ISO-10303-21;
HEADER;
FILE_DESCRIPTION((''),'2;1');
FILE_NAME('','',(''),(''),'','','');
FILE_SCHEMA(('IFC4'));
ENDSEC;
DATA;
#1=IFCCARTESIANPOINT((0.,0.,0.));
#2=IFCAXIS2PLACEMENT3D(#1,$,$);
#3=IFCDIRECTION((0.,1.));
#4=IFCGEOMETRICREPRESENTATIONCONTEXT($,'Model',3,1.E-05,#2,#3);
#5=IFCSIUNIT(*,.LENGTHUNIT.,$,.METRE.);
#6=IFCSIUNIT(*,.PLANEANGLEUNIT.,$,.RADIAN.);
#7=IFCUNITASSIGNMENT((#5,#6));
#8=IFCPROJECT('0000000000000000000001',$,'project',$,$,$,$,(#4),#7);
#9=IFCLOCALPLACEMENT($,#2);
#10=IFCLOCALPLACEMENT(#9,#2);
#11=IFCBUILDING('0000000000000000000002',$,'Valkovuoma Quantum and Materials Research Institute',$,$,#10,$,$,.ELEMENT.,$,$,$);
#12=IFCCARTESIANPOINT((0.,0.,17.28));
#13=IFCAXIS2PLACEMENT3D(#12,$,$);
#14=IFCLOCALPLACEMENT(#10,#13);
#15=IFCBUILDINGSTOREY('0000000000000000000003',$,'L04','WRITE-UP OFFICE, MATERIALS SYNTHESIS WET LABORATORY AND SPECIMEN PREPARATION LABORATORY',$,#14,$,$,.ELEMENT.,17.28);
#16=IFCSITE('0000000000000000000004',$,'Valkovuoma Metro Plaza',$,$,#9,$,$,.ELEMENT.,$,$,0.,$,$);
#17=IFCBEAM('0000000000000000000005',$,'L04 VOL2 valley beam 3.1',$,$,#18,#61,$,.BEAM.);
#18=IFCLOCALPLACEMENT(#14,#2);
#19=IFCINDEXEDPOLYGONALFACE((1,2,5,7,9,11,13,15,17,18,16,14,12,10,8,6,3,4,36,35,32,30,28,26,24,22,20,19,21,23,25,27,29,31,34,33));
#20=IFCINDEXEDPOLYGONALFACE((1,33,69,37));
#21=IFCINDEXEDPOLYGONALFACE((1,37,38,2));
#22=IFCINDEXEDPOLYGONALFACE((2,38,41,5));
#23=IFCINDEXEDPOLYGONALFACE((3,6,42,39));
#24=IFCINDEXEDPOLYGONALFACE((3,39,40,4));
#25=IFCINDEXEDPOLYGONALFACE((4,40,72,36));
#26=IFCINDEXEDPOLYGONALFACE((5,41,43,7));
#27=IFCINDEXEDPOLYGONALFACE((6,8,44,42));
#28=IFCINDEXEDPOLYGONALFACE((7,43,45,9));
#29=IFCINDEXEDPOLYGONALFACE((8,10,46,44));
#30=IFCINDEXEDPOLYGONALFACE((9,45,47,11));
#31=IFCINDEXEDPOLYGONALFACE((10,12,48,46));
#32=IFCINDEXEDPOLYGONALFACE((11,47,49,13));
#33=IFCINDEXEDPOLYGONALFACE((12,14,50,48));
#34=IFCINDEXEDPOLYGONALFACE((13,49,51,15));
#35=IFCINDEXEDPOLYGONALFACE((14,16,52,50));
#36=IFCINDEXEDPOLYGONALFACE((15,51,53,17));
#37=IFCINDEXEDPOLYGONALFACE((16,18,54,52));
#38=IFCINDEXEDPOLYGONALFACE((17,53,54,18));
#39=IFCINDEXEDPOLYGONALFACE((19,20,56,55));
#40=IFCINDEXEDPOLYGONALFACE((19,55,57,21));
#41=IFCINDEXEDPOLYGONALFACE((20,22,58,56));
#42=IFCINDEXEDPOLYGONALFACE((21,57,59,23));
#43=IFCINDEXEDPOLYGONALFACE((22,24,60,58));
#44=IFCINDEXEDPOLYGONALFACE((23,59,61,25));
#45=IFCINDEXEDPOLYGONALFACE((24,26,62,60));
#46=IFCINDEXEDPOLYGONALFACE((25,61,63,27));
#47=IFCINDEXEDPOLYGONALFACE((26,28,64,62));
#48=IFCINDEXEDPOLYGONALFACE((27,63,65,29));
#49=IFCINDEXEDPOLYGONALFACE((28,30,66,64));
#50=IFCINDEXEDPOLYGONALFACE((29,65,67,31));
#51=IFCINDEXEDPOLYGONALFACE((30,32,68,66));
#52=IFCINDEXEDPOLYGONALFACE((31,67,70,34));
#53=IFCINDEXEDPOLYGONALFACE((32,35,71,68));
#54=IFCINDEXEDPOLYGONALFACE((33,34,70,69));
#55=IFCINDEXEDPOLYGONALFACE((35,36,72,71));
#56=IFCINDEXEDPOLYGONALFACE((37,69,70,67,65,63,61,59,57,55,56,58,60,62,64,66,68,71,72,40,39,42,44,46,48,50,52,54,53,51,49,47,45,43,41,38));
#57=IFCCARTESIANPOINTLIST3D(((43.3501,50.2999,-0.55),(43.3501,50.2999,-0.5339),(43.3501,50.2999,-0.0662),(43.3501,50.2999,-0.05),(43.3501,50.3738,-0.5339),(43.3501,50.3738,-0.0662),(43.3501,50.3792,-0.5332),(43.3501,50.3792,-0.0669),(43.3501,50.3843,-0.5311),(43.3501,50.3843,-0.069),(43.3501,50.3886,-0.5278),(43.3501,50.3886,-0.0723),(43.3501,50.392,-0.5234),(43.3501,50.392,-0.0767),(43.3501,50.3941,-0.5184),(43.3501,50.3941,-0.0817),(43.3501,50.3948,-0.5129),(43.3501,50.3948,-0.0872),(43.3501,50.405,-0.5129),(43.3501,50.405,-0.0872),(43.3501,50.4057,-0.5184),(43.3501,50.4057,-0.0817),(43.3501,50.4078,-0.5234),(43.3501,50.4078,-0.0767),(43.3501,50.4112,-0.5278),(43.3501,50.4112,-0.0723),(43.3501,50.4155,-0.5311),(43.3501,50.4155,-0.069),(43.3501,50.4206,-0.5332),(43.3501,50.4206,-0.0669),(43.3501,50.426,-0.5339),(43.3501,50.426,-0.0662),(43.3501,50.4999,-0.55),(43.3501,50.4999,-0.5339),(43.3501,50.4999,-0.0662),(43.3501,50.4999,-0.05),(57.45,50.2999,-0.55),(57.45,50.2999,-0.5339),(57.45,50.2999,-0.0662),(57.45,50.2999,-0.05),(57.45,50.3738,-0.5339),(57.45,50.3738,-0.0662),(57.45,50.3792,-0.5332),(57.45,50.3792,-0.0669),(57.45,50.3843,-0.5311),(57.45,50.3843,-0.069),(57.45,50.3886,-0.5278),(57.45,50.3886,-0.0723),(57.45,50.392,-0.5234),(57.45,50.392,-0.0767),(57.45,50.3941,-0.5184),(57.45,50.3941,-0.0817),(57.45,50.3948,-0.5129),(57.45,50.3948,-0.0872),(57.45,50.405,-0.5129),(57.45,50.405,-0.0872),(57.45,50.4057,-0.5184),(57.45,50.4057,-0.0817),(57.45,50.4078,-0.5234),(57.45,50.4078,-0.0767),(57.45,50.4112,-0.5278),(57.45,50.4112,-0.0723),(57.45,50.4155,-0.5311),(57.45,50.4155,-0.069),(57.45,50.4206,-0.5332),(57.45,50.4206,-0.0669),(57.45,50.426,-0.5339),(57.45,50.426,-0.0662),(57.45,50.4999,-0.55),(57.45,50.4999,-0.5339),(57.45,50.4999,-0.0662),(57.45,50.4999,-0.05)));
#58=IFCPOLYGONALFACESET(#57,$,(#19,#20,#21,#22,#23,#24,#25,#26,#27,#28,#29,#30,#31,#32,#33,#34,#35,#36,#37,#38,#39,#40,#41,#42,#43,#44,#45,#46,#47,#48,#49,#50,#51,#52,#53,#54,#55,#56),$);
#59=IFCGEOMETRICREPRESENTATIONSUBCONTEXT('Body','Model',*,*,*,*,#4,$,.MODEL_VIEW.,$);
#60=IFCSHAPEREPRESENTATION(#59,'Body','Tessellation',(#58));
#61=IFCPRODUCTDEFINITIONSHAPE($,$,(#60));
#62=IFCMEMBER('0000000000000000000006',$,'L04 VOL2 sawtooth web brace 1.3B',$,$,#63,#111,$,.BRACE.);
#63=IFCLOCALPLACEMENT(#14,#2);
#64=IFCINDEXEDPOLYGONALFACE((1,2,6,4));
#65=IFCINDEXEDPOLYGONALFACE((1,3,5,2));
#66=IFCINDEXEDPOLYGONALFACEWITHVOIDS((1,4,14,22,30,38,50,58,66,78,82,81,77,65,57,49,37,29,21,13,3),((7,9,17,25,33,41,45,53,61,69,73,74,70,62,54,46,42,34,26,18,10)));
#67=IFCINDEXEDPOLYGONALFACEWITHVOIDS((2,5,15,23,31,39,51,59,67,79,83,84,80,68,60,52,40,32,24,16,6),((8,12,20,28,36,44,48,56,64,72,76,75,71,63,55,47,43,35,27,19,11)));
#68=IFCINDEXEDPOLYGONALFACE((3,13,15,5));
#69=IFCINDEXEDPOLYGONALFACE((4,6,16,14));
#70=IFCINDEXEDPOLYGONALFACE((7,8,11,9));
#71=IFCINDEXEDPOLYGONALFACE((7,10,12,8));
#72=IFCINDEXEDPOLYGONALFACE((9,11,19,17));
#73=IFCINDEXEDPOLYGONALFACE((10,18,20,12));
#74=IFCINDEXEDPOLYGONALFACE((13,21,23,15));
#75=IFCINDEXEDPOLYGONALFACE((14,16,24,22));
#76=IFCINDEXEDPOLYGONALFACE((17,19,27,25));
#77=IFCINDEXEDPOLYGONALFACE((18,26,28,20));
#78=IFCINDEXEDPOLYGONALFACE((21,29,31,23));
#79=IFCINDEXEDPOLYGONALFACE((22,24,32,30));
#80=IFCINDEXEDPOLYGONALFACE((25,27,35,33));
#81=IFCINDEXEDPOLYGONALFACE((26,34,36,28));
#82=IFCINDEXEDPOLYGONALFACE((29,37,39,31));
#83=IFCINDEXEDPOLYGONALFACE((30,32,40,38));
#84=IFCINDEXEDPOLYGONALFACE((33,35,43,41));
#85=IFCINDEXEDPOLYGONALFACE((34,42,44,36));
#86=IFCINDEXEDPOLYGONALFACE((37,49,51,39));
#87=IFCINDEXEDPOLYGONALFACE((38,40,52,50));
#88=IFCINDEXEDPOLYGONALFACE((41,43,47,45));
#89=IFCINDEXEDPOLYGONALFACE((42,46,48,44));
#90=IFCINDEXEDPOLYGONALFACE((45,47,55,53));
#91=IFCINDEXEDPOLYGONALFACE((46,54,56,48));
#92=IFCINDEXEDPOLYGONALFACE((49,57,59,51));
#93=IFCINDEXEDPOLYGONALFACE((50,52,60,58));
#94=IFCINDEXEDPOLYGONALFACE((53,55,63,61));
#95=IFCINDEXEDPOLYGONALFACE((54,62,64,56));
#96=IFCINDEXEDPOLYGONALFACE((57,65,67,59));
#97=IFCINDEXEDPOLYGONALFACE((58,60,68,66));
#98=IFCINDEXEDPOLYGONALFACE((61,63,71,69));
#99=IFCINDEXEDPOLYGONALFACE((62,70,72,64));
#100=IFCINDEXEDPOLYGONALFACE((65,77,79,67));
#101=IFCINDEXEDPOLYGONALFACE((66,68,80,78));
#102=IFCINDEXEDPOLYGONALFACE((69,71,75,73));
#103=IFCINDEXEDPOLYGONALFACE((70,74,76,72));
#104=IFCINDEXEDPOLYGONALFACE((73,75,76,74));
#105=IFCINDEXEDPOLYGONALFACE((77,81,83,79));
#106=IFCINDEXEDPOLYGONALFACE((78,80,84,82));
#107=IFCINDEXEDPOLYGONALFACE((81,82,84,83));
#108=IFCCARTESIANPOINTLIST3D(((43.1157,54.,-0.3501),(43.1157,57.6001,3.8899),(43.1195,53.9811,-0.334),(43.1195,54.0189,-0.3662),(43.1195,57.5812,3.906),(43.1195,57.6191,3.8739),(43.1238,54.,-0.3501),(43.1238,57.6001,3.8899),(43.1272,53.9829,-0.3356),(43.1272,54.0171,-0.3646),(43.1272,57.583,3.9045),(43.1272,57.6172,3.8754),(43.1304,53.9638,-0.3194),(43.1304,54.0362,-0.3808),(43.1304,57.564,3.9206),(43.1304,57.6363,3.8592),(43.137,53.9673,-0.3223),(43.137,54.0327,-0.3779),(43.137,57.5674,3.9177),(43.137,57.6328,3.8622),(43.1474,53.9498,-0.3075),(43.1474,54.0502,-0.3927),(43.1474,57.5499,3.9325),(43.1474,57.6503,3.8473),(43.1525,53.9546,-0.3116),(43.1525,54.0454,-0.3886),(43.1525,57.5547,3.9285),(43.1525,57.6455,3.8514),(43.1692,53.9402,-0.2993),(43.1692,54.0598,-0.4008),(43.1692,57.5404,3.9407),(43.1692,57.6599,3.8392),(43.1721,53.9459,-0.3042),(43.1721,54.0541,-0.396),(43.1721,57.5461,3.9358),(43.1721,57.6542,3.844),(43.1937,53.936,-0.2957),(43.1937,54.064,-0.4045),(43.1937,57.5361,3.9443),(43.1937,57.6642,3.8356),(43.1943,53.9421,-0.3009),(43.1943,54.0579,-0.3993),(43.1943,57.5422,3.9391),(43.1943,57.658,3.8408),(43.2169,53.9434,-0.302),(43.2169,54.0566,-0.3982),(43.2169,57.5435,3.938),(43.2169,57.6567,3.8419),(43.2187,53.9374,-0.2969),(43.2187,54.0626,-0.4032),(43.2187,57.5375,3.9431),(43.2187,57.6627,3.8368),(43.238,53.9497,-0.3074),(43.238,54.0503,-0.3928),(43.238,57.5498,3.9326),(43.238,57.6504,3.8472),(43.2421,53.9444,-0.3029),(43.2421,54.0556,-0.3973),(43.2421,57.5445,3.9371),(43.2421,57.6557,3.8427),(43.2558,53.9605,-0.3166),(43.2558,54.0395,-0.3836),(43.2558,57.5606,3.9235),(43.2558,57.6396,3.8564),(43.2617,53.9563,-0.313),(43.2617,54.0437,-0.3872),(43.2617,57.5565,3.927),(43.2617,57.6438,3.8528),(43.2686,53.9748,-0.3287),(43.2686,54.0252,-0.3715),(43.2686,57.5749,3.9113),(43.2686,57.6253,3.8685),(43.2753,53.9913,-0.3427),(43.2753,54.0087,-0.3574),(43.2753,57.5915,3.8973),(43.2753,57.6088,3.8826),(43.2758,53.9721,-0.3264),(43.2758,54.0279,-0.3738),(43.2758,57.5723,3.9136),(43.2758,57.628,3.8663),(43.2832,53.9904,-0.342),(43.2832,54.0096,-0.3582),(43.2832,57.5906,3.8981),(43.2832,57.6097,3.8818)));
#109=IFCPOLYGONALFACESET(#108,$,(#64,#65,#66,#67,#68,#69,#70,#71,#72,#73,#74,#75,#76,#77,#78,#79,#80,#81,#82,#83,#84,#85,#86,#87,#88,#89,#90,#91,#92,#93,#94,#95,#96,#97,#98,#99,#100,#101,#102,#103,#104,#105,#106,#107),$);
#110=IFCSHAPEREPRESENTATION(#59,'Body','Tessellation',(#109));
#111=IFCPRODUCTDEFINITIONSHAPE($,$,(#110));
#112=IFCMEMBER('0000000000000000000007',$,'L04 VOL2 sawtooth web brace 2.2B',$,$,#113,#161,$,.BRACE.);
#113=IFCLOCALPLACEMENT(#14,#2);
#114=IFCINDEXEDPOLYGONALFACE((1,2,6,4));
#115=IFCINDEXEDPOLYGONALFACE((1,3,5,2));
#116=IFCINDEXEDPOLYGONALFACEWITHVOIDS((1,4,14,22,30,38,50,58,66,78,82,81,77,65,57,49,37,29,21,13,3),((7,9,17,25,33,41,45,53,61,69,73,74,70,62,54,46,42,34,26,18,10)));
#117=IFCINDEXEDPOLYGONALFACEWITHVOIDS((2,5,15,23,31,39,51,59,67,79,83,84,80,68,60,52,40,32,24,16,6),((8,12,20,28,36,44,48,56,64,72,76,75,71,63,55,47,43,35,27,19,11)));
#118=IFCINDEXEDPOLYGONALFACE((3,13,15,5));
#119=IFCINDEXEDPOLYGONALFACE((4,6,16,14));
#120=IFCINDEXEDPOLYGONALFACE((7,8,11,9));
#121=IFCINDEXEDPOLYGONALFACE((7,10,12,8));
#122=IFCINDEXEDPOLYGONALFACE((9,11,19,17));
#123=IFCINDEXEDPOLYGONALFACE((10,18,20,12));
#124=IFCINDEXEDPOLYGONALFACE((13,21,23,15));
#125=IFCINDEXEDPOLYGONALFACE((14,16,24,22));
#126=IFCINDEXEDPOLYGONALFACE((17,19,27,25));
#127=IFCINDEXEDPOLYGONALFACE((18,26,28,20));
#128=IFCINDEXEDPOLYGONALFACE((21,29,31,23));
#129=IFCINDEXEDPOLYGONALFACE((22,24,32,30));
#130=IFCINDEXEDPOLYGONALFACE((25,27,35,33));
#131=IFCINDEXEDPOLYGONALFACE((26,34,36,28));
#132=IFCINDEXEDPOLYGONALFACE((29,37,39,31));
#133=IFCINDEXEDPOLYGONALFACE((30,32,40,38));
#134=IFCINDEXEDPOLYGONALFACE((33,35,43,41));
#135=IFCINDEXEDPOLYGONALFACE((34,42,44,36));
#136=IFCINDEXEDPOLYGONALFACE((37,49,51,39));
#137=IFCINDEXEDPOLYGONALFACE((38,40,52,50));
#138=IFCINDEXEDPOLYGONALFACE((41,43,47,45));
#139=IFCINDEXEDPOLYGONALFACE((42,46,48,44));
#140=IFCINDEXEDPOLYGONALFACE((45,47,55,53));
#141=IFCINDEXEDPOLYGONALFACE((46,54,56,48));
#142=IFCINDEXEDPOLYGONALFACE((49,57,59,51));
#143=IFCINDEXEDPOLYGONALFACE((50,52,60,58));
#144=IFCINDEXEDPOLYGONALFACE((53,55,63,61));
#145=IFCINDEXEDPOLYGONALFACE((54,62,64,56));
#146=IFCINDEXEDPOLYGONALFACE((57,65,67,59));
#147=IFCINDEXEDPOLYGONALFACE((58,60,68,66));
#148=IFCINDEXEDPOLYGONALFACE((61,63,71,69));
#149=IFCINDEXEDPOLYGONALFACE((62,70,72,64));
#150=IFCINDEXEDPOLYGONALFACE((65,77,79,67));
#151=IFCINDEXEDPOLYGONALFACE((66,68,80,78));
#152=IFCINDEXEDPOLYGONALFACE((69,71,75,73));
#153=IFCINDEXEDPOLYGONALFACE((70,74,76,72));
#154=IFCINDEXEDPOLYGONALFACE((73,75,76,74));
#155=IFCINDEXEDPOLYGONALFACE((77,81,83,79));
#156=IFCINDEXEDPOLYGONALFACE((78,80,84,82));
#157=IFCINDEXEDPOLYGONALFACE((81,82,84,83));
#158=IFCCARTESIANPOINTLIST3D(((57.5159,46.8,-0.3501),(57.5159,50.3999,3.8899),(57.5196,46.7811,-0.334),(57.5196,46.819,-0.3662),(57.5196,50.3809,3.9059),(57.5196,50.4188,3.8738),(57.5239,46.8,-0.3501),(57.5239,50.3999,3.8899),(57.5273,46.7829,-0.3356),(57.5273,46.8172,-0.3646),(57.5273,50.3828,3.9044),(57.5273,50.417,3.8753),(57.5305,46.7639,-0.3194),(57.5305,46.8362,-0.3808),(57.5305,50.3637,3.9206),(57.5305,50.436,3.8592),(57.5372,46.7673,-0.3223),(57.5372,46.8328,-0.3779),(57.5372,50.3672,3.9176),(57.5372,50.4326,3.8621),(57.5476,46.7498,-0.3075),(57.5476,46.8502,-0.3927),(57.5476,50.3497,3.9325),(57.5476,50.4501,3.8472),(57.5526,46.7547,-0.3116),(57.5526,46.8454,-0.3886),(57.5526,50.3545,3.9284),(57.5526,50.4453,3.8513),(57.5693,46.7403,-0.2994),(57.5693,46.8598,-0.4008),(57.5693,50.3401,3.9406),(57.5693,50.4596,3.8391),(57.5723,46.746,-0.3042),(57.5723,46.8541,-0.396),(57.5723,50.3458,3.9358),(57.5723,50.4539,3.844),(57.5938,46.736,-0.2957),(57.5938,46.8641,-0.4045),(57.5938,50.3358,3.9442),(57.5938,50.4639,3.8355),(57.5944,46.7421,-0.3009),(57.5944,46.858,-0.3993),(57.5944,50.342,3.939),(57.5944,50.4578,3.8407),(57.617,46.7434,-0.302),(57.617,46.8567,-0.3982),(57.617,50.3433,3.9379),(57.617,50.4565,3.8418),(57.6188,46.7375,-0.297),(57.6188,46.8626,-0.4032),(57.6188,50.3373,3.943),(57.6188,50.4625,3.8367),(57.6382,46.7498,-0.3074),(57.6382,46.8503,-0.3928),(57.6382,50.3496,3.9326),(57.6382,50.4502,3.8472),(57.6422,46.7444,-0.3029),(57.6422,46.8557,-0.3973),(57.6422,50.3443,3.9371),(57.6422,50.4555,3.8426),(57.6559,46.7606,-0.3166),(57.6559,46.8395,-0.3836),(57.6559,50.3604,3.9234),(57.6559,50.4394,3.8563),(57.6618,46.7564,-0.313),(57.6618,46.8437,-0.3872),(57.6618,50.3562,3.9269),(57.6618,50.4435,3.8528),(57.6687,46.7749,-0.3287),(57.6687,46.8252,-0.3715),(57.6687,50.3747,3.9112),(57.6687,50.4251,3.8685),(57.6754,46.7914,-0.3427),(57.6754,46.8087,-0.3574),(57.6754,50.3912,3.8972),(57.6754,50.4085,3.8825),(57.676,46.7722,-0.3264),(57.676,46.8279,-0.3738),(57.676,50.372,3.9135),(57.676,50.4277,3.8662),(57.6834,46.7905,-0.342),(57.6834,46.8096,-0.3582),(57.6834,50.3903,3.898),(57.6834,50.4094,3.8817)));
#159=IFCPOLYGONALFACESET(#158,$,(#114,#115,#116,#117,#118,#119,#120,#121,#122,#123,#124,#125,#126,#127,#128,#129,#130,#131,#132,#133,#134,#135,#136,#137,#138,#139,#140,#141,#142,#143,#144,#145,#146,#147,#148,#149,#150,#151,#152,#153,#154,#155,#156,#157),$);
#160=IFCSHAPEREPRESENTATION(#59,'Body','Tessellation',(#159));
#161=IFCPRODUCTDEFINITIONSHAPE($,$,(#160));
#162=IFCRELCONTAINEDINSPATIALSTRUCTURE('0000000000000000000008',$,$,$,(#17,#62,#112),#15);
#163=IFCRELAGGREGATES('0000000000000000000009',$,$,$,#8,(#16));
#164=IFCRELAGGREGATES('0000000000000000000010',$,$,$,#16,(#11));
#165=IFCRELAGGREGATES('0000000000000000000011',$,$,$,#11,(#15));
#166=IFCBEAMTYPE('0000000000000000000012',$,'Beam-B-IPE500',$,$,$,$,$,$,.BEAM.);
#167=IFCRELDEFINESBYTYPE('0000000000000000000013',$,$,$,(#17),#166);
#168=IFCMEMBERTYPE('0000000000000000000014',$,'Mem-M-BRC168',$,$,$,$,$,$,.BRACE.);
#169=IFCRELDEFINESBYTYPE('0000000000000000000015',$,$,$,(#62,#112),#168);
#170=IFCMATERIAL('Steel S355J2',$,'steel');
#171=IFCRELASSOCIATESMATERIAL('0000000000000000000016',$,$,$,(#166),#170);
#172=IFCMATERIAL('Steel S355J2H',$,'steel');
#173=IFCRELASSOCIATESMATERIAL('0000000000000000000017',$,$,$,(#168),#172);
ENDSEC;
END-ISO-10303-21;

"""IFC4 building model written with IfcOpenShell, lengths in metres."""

from ifc_helpers import new_model, si_unit, direction, frame, origin, origin_2d, place, context, subcontext, project, spatial, hollow_circle, i_section, extrude, material, material_profile, profile_set, type_object, element, save


model = new_model("IFC4")

# Units and contexts
model_context = context("Model", 3, precision=1e-05, world=origin(), true_north=direction((0.0, 1.0)))
body_context = subcontext(model_context, "Body", "Model", "MODEL_VIEW")
ifc_project = project(units=[si_unit("LENGTHUNIT", "METRE"), si_unit("PLANEANGLEUNIT", "RADIAN")], contexts=[model_context])

# Site, building, storey
site_placement = place(None, origin())
site = spatial("IfcSite", under=ifc_project, at=site_placement, Name="Valkovuoma Metro Plaza", CompositionType="ELEMENT", RefElevation=0.0)
building_placement = place(site_placement, origin())
building = spatial("IfcBuilding", under=site, at=building_placement, Name="Valkovuoma Quantum and Materials Research Institute", CompositionType="ELEMENT")
storey_placement = place(building_placement, frame((0.0, 0.0, 17.28)))
storey = spatial("IfcBuildingStorey", under=building, at=storey_placement, Name="L04", Description="WRITE-UP OFFICE, MATERIALS SYNTHESIS WET LABORATORY AND SPECIMEN PREPARATION LABORATORY", CompositionType="ELEMENT", Elevation=17.28)

# Beam
ifc_material_1 = material(Name="Steel S355J2", Category="steel")
ifc_material_profile_1 = material_profile(ifc_material_1, i_section(OverallWidth=0.2, OverallDepth=0.5, WebThickness=0.0103, FlangeThickness=0.0161, FilletRadius=0.021, at=origin_2d()), Name="Steel S355J2")
ifc_profile_set_1 = profile_set([ifc_material_profile_1], Name="Steel S355J2")
beam_type = type_object("IfcBeamType", Name="Beam-B-IPE500", PredefinedType="BEAM", material=ifc_profile_set_1)
beam_placement = place(storey_placement, frame((43.3501, 50.3999, -0.3), z_axis=(1.0, 0.0, 0.0), x_axis=(0.0, 1.0, 0.0)))
element("IfcBeam", 1, at=beam_placement, inside=storey, type_object=beam_type, Name="L04 VOL2 valley beam 3.1", PredefinedType="BEAM", context=body_context, shape_type="SweptSolid", body=[
    extrude(i_section(OverallWidth=0.2, OverallDepth=0.5, WebThickness=0.0103, FlangeThickness=0.0161, FilletRadius=0.021, at=origin_2d()), origin(), (0.0, 0.0, 1.0), 14.0999),
])

# Members
ifc_material_2 = material(Name="Steel S355J2H", Category="steel")
ifc_material_profile_2 = material_profile(ifc_material_2, hollow_circle(Radius=0.0842, WallThickness=0.0081, at=origin_2d()), Name="Steel S355J2H")
ifc_profile_set_2 = profile_set([ifc_material_profile_2], Name="Steel S355J2H")
member_type_1 = type_object("IfcMemberType", Name="Mem-M-BRC168", PredefinedType="BRACE", material=ifc_profile_set_2)
member_1_placement = place(storey_placement, frame((43.2, 54.0, -0.3501), z_axis=(0.0, 0.647242, 0.762285), x_axis=(-1.0, 0.0, 0.0)))
element("IfcMember", 2, at=member_1_placement, inside=storey, type_object=member_type_1, Name="L04 VOL2 sawtooth web brace 1.3B", PredefinedType="BRACE", context=body_context, shape_type="SweptSolid", body=[
    extrude(hollow_circle(Radius=0.0842, WallThickness=0.0081, at=origin_2d()), origin(), (0.0, 0.0, 1.0), 5.5623),
])
member_2_placement = place(storey_placement, frame((57.6001, 46.8, -0.3501), z_axis=(0.0, 0.647216, 0.762306), x_axis=(-1.0, 0.0, 0.0)))
element("IfcMember", 3, at=member_2_placement, inside=storey, type_object=member_type_1, Name="L04 VOL2 sawtooth web brace 2.2B", PredefinedType="BRACE", context=body_context, shape_type="SweptSolid", body=[
    extrude(hollow_circle(Radius=0.0842, WallThickness=0.0081, at=origin_2d()), origin(), (0.0, 0.0, 1.0), 5.562),
])

save(model, "model.ifc")
